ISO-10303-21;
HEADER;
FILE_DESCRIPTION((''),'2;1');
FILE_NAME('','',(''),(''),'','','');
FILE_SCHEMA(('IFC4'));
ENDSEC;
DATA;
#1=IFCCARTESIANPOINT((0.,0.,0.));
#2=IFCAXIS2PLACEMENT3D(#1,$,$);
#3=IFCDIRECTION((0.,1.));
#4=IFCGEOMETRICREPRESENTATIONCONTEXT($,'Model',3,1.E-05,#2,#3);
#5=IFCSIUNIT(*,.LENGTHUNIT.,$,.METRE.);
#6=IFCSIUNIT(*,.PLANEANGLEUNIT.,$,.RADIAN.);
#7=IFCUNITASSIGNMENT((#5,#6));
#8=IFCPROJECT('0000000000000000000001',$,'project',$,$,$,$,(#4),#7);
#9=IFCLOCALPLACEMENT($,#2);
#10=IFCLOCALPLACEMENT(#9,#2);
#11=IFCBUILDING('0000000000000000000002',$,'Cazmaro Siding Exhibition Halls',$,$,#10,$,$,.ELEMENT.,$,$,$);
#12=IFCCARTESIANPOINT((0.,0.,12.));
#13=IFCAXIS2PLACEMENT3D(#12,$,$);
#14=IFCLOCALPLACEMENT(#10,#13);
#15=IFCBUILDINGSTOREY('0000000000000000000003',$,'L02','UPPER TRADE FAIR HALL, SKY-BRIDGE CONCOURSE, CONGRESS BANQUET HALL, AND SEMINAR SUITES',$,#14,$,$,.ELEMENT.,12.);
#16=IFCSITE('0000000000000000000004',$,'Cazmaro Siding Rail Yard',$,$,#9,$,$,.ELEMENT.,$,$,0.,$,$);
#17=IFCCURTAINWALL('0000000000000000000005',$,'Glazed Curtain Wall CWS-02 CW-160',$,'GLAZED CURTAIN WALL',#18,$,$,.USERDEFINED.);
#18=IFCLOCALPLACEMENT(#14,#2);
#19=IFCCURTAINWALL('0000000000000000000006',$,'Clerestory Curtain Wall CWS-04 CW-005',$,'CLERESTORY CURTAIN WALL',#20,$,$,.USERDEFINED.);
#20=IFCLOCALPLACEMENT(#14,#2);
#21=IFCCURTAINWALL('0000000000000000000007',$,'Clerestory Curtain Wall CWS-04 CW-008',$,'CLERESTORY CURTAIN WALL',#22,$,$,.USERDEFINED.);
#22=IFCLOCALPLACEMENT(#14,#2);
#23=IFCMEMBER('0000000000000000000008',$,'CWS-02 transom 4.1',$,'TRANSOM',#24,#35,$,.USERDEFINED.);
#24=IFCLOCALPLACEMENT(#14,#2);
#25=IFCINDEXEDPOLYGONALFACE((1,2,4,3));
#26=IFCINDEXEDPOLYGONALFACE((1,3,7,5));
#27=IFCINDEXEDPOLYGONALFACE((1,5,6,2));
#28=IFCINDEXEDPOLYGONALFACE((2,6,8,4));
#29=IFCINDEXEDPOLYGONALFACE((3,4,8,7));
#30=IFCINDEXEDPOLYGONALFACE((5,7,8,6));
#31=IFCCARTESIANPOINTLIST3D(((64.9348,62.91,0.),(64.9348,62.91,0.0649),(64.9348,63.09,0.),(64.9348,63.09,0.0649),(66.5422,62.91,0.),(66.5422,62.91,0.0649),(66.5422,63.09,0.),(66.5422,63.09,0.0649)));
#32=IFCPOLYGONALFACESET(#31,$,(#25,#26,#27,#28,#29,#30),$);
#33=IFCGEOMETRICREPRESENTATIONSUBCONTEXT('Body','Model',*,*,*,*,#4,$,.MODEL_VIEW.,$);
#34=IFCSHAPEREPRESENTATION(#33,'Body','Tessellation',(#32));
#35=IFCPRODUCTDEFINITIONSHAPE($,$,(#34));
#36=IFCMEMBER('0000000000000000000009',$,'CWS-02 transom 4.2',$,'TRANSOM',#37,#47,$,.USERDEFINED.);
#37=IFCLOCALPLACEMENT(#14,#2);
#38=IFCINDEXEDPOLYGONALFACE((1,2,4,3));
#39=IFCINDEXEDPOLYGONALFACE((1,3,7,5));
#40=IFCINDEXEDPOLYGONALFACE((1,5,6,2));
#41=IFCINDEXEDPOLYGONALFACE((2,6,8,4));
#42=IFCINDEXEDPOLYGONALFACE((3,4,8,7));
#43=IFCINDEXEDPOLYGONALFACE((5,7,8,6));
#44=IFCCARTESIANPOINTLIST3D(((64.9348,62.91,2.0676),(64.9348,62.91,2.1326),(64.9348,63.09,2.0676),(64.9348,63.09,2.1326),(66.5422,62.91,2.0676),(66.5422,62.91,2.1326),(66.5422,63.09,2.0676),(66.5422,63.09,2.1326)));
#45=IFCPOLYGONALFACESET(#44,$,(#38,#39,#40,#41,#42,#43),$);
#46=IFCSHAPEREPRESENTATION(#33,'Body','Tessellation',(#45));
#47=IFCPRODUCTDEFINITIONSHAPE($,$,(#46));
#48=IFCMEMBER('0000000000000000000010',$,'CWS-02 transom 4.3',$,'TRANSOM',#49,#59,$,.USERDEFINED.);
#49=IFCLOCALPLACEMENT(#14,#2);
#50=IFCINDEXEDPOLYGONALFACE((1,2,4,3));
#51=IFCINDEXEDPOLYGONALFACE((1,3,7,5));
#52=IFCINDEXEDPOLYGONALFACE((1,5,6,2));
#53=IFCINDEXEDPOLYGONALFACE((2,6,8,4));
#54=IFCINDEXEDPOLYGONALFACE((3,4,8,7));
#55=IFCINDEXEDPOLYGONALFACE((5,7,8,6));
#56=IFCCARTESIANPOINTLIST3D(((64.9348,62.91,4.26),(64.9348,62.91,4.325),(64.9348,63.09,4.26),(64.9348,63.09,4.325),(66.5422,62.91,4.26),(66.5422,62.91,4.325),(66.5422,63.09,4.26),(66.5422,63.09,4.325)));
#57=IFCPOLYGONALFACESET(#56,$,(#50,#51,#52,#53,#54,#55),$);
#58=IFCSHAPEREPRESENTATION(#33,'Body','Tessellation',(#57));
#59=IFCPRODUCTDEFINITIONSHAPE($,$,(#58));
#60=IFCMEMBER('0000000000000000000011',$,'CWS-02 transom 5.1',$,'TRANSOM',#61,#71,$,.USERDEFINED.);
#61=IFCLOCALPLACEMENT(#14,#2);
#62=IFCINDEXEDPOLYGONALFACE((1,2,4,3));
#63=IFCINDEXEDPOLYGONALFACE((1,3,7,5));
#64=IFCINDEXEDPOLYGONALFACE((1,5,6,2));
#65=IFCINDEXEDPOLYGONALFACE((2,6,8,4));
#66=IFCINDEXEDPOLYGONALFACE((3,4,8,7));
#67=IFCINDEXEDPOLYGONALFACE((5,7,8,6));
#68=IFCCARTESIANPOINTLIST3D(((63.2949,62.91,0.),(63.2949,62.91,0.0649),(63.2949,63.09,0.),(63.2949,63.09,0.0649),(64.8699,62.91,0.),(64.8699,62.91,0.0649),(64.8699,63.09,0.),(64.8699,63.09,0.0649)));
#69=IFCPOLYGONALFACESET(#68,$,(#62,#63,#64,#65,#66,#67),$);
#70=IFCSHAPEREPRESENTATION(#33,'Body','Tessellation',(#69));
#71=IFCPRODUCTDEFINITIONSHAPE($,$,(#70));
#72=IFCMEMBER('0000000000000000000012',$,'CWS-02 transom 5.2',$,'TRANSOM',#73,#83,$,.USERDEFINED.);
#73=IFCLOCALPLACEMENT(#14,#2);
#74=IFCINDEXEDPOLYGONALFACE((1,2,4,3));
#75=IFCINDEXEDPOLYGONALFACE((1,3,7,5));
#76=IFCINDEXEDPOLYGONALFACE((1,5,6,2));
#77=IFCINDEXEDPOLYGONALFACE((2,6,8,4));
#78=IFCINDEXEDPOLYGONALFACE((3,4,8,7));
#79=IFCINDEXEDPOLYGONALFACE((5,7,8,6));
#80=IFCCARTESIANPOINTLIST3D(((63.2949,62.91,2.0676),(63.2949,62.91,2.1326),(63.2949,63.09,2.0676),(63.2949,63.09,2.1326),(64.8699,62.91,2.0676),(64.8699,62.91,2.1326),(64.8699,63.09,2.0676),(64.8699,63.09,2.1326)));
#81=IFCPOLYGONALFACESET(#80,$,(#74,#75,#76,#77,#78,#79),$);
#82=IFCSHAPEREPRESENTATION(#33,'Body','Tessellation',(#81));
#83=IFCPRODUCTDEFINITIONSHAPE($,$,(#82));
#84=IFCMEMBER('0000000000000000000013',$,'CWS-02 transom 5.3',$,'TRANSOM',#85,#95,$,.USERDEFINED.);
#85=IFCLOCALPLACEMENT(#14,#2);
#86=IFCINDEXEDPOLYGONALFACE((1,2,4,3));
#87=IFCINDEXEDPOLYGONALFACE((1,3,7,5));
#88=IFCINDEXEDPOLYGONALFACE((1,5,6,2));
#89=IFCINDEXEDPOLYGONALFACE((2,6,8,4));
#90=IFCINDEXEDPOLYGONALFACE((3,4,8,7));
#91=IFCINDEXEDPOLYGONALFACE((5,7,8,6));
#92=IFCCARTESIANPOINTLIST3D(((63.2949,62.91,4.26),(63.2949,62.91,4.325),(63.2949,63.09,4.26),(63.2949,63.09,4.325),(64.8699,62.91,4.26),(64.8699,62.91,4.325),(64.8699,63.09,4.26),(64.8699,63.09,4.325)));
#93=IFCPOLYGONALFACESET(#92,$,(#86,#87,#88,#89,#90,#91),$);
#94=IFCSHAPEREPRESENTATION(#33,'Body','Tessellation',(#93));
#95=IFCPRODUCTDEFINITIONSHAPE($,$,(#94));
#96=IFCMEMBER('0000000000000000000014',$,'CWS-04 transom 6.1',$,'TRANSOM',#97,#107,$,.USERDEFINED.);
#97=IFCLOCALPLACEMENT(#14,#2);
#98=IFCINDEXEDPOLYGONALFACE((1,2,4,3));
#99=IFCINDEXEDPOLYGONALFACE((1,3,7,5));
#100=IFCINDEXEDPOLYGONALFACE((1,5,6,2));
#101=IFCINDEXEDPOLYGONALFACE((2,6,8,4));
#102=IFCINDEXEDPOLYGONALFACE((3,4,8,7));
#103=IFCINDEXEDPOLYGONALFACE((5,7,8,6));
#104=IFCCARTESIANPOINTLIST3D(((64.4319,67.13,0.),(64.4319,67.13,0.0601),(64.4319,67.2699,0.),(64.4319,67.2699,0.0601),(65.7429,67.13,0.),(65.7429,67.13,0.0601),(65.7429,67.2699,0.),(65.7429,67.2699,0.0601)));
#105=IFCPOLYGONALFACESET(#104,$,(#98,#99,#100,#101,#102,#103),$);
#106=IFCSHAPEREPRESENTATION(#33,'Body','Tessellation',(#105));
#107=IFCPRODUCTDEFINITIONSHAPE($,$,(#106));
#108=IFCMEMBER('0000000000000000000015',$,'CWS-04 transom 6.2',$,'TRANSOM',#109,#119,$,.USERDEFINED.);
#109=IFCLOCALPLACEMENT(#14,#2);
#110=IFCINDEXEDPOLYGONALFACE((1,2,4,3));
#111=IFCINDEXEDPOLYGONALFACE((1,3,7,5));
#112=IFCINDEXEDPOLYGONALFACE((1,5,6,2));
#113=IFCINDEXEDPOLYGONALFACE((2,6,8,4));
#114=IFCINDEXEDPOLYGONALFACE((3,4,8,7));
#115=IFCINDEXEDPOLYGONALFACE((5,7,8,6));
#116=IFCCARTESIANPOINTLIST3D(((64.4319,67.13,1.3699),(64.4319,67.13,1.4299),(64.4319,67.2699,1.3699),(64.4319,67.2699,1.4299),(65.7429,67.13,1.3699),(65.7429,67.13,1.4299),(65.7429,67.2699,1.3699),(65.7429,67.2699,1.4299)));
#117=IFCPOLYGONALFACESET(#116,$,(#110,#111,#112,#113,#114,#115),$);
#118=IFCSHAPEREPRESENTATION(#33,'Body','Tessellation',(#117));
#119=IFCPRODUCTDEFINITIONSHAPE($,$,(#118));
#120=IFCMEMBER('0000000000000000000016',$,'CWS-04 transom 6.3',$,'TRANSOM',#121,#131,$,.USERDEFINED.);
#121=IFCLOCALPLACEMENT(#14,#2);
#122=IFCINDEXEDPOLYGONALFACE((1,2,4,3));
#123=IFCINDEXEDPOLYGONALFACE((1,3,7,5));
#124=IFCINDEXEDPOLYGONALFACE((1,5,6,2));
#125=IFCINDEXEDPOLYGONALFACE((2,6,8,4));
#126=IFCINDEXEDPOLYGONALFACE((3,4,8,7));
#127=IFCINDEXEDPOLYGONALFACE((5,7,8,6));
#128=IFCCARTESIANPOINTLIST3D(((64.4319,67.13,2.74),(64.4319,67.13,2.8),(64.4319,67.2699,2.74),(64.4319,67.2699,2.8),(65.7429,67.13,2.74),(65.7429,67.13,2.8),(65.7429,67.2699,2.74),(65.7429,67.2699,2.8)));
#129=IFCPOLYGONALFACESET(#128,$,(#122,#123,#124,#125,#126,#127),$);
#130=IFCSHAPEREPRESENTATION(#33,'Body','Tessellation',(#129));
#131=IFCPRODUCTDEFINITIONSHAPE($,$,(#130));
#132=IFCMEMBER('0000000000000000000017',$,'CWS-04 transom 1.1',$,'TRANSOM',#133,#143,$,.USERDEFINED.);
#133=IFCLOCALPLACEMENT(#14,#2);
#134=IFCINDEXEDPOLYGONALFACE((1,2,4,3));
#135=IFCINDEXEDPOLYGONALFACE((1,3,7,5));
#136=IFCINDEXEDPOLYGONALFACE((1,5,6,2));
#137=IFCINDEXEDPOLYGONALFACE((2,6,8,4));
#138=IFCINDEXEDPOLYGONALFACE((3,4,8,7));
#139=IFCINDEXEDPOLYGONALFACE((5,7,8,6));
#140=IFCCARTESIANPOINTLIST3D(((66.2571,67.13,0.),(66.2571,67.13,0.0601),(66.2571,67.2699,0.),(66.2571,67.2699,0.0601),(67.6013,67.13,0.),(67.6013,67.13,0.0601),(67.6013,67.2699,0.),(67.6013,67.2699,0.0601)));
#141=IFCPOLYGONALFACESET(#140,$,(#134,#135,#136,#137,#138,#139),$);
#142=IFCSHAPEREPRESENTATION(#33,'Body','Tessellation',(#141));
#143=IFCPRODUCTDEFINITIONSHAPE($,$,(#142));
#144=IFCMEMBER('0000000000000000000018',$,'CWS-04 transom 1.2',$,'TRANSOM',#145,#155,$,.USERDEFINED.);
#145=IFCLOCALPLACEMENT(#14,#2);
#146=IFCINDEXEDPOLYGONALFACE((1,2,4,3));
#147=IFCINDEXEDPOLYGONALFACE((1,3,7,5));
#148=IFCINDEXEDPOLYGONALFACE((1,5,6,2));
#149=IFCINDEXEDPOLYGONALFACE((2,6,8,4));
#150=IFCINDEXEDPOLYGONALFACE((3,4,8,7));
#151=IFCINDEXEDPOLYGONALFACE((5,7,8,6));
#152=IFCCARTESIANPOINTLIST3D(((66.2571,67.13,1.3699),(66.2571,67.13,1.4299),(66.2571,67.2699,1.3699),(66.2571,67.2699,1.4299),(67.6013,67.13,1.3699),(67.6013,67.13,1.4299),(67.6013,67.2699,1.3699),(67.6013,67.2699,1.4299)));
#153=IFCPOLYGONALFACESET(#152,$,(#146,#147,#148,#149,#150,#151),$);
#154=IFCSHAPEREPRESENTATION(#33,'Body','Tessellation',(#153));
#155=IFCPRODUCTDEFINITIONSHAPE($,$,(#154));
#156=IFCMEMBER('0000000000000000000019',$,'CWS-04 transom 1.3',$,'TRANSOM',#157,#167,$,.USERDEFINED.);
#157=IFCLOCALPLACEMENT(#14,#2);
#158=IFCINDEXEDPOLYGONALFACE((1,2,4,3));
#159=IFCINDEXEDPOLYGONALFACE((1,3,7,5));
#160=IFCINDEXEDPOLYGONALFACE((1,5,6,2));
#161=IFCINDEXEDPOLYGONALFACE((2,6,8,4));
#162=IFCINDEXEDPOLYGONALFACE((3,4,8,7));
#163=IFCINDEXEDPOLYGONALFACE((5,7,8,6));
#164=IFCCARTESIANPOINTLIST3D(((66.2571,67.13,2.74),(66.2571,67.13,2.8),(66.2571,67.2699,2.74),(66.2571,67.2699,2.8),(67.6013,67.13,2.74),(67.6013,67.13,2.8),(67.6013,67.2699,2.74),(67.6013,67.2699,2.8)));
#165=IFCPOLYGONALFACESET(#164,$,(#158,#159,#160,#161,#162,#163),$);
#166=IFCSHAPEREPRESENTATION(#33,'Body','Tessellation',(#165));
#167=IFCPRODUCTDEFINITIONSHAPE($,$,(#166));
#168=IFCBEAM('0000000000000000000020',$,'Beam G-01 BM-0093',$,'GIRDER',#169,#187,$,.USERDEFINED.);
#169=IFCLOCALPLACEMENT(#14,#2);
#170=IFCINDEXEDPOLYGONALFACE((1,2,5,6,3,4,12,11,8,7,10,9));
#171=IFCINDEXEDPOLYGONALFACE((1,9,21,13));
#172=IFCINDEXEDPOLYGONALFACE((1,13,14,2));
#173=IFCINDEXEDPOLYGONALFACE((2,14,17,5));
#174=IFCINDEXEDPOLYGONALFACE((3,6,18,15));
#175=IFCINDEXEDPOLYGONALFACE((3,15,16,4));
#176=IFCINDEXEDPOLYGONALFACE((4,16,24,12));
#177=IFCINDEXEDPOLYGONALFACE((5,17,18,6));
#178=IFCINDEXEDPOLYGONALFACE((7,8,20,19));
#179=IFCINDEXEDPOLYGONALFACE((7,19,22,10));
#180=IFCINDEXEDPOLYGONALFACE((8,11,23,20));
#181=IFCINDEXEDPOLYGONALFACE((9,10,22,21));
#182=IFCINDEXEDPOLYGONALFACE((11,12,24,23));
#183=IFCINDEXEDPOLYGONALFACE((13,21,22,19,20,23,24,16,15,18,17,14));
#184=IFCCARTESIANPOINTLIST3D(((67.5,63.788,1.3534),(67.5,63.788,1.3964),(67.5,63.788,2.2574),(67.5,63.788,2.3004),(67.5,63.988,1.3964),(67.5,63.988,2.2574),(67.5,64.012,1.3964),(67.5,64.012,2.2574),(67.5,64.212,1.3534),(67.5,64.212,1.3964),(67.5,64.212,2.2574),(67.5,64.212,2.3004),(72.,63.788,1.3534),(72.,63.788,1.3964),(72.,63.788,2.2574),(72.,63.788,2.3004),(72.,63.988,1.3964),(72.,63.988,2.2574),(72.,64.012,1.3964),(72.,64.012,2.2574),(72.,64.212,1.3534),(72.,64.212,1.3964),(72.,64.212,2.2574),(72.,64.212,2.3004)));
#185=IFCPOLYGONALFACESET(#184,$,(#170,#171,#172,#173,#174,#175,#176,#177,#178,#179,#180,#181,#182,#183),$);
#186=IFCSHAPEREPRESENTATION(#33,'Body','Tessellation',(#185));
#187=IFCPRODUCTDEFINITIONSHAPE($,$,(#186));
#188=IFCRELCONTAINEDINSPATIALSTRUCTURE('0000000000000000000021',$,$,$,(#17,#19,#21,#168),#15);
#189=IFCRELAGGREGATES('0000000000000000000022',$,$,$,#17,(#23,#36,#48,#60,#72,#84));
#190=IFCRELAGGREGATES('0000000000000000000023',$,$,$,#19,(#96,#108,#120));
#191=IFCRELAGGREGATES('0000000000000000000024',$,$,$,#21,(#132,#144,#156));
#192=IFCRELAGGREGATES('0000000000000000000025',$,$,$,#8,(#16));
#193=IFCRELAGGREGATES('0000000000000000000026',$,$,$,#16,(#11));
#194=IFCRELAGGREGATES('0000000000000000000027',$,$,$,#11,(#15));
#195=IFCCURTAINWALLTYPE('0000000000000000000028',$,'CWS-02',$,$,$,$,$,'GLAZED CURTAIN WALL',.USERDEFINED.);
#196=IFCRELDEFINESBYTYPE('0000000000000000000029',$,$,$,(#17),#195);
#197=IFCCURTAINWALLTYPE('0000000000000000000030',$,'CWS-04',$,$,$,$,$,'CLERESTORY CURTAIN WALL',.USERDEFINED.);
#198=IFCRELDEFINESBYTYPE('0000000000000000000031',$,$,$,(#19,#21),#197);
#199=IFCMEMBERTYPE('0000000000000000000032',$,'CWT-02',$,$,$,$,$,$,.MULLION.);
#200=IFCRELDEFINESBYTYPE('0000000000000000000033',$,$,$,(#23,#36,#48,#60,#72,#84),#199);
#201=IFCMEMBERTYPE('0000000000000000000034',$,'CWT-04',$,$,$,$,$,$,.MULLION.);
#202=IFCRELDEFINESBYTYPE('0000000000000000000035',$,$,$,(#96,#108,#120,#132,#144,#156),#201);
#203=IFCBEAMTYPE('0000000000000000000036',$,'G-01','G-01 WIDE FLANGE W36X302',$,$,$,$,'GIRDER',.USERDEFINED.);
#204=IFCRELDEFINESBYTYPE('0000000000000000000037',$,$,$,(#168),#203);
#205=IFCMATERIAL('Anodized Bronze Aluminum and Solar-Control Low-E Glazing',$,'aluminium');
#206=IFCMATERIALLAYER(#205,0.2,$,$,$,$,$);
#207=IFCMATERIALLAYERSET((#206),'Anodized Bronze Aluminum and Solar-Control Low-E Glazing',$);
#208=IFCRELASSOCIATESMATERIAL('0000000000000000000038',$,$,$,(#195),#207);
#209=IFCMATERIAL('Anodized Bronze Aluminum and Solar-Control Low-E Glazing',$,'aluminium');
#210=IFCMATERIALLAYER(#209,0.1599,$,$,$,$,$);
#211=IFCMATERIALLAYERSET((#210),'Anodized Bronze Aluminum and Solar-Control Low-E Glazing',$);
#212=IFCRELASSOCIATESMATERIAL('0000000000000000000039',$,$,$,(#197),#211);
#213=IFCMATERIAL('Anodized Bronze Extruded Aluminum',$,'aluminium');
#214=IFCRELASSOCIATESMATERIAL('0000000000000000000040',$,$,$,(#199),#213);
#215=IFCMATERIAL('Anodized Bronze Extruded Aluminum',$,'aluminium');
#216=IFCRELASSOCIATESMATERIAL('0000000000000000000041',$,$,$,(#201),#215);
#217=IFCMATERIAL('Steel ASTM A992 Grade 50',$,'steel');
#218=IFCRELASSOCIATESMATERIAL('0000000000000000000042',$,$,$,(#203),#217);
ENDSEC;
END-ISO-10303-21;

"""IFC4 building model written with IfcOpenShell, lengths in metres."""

from ifc_helpers import new_model, si_unit, direction, frame, origin, origin_2d, place, context, subcontext, project, spatial, rectangle, i_section, extrude, material, layer, layer_set, material_profile, profile_set, type_object, element, aggregate, save


model = new_model("IFC4")

# Units and contexts
model_context = context("Model", 3, precision=1e-05, world=origin(), true_north=direction((0.0, 1.0)))
body_context = subcontext(model_context, "Body", "Model", "MODEL_VIEW")
ifc_project = project(units=[si_unit("LENGTHUNIT", "METRE"), si_unit("PLANEANGLEUNIT", "RADIAN")], contexts=[model_context])

# Site, building, storey
site_placement = place(None, origin())
site = spatial("IfcSite", under=ifc_project, at=site_placement, Name="Cazmaro Siding Rail Yard", CompositionType="ELEMENT", RefElevation=0.0)
building_placement = place(site_placement, origin())
building = spatial("IfcBuilding", under=site, at=building_placement, Name="Cazmaro Siding Exhibition Halls", CompositionType="ELEMENT")
storey_placement = place(building_placement, frame((0.0, 0.0, 12.0)))
storey = spatial("IfcBuildingStorey", under=building, at=storey_placement, Name="L02", Description="UPPER TRADE FAIR HALL, SKY-BRIDGE CONCOURSE, CONGRESS BANQUET HALL, AND SEMINAR SUITES", CompositionType="ELEMENT", Elevation=12.0)

# Curtain wall
ifc_material_1 = material(Name="Anodized Bronze Aluminum and Solar-Control Low-E Glazing", Category="aluminium")
ifc_layer_1 = layer(ifc_material_1, 0.2)
ifc_layer_set_1 = layer_set([ifc_layer_1], Name="Anodized Bronze Aluminum and Solar-Control Low-E Glazing")
curtain_wall_type_1 = type_object("IfcCurtainWallType", Name="CWS-02", ElementType="GLAZED CURTAIN WALL", PredefinedType="USERDEFINED", material=ifc_layer_set_1)
curtain_wall_1_placement = place(storey_placement, origin())
curtain_wall_1 = element("IfcCurtainWall", 1, at=curtain_wall_1_placement, inside=storey, type_object=curtain_wall_type_1, Name="Glazed Curtain Wall CWS-02 CW-160", ObjectType="GLAZED CURTAIN WALL", PredefinedType="USERDEFINED")

# Curtain walls
ifc_material_2 = material(Name="Anodized Bronze Aluminum and Solar-Control Low-E Glazing", Category="aluminium")
ifc_layer_2 = layer(ifc_material_2, 0.1599)
ifc_layer_set_2 = layer_set([ifc_layer_2], Name="Anodized Bronze Aluminum and Solar-Control Low-E Glazing")
curtain_wall_type_2 = type_object("IfcCurtainWallType", Name="CWS-04", ElementType="CLERESTORY CURTAIN WALL", PredefinedType="USERDEFINED", material=ifc_layer_set_2)
curtain_wall_2_placement = place(storey_placement, origin())
curtain_wall_2 = element("IfcCurtainWall", 2, at=curtain_wall_2_placement, inside=storey, type_object=curtain_wall_type_2, Name="Clerestory Curtain Wall CWS-04 CW-005", ObjectType="CLERESTORY CURTAIN WALL", PredefinedType="USERDEFINED")
curtain_wall_3_placement = place(storey_placement, origin())
curtain_wall_3 = element("IfcCurtainWall", 3, at=curtain_wall_3_placement, inside=storey, type_object=curtain_wall_type_2, Name="Clerestory Curtain Wall CWS-04 CW-008", ObjectType="CLERESTORY CURTAIN WALL", PredefinedType="USERDEFINED")

# Members
ifc_material_3 = material(Name="Anodized Bronze Extruded Aluminum", Category="aluminium")
ifc_material_profile_1 = material_profile(ifc_material_3, rectangle(XDim=0.1799, YDim=0.0649, at=origin_2d()), Name="CWT-02")
ifc_profile_set_1 = profile_set([ifc_material_profile_1], Name="Anodized Bronze Extruded Aluminum")
member_type_1 = type_object("IfcMemberType", Name="CWT-02", PredefinedType="MULLION", material=ifc_profile_set_1)
member_1_placement = place(storey_placement, frame((66.5422, 63.0, 0.0325), z_axis=(-1.0, 0.0, 0.0), x_axis=(0.0, -1.0, 0.0)))
member_1 = element("IfcMember", 4, at=member_1_placement, type_object=member_type_1, Name="CWS-02 transom 4.1", ObjectType="TRANSOM", PredefinedType="USERDEFINED", context=body_context, shape_type="SweptSolid", body=[
    extrude(rectangle(XDim=0.1799, YDim=0.0649, at=origin_2d()), origin(), (0.0, 0.0, 1.0), 1.6074),
])
member_2_placement = place(storey_placement, frame((66.5422, 63.0, 2.1001), z_axis=(-1.0, 0.0, 0.0), x_axis=(0.0, -1.0, 0.0)))
member_2 = element("IfcMember", 5, at=member_2_placement, type_object=member_type_1, Name="CWS-02 transom 4.2", ObjectType="TRANSOM", PredefinedType="USERDEFINED", context=body_context, shape_type="SweptSolid", body=[
    extrude(rectangle(XDim=0.1799, YDim=0.0649, at=origin_2d()), origin(), (0.0, 0.0, 1.0), 1.6074),
])
member_3_placement = place(storey_placement, frame((66.5422, 63.0, 4.2925), z_axis=(-1.0, 0.0, 0.0), x_axis=(0.0, -1.0, 0.0)))
member_3 = element("IfcMember", 6, at=member_3_placement, type_object=member_type_1, Name="CWS-02 transom 4.3", ObjectType="TRANSOM", PredefinedType="USERDEFINED", context=body_context, shape_type="SweptSolid", body=[
    extrude(rectangle(XDim=0.1799, YDim=0.0649, at=origin_2d()), origin(), (0.0, 0.0, 1.0), 1.6074),
])
member_4_placement = place(storey_placement, frame((64.8699, 63.0, 0.0325), z_axis=(-1.0, 0.0, 0.0), x_axis=(0.0, -1.0, 0.0)))
member_4 = element("IfcMember", 7, at=member_4_placement, type_object=member_type_1, Name="CWS-02 transom 5.1", ObjectType="TRANSOM", PredefinedType="USERDEFINED", context=body_context, shape_type="SweptSolid", body=[
    extrude(rectangle(XDim=0.1799, YDim=0.0649, at=origin_2d()), origin(), (0.0, 0.0, 1.0), 1.575),
])
member_5_placement = place(storey_placement, frame((64.8699, 63.0, 2.1001), z_axis=(-1.0, 0.0, 0.0), x_axis=(0.0, -1.0, 0.0)))
member_5 = element("IfcMember", 8, at=member_5_placement, type_object=member_type_1, Name="CWS-02 transom 5.2", ObjectType="TRANSOM", PredefinedType="USERDEFINED", context=body_context, shape_type="SweptSolid", body=[
    extrude(rectangle(XDim=0.1799, YDim=0.0649, at=origin_2d()), origin(), (0.0, 0.0, 1.0), 1.575),
])
member_6_placement = place(storey_placement, frame((64.8699, 63.0, 4.2925), z_axis=(-1.0, 0.0, 0.0), x_axis=(0.0, -1.0, 0.0)))
member_6 = element("IfcMember", 9, at=member_6_placement, type_object=member_type_1, Name="CWS-02 transom 5.3", ObjectType="TRANSOM", PredefinedType="USERDEFINED", context=body_context, shape_type="SweptSolid", body=[
    extrude(rectangle(XDim=0.1799, YDim=0.0649, at=origin_2d()), origin(), (0.0, 0.0, 1.0), 1.575),
])
ifc_material_4 = material(Name="Anodized Bronze Extruded Aluminum", Category="aluminium")
ifc_material_profile_2 = material_profile(ifc_material_4, rectangle(XDim=0.1399, YDim=0.0601, at=origin_2d()), Name="CWT-04")
ifc_profile_set_2 = profile_set([ifc_material_profile_2], Name="Anodized Bronze Extruded Aluminum")
member_type_2 = type_object("IfcMemberType", Name="CWT-04", PredefinedType="MULLION", material=ifc_profile_set_2)
member_7_placement = place(storey_placement, frame((64.4319, 67.2, 0.03), z_axis=(1.0, 0.0, 0.0), x_axis=(0.0, 1.0, 0.0)))
member_7 = element("IfcMember", 10, at=member_7_placement, type_object=member_type_2, Name="CWS-04 transom 6.1", ObjectType="TRANSOM", PredefinedType="USERDEFINED", context=body_context, shape_type="SweptSolid", body=[
    extrude(rectangle(XDim=0.1399, YDim=0.0601, at=origin_2d()), origin(), (0.0, 0.0, 1.0), 1.311),
])
member_8_placement = place(storey_placement, frame((64.4319, 67.2, 1.3999), z_axis=(1.0, 0.0, 0.0), x_axis=(0.0, 1.0, 0.0)))
member_8 = element("IfcMember", 11, at=member_8_placement, type_object=member_type_2, Name="CWS-04 transom 6.2", ObjectType="TRANSOM", PredefinedType="USERDEFINED", context=body_context, shape_type="SweptSolid", body=[
    extrude(rectangle(XDim=0.1399, YDim=0.0601, at=origin_2d()), origin(), (0.0, 0.0, 1.0), 1.311),
])
member_9_placement = place(storey_placement, frame((64.4319, 67.2, 2.77), z_axis=(1.0, 0.0, 0.0), x_axis=(0.0, 1.0, 0.0)))
member_9 = element("IfcMember", 12, at=member_9_placement, type_object=member_type_2, Name="CWS-04 transom 6.3", ObjectType="TRANSOM", PredefinedType="USERDEFINED", context=body_context, shape_type="SweptSolid", body=[
    extrude(rectangle(XDim=0.1399, YDim=0.0601, at=origin_2d()), origin(), (0.0, 0.0, 1.0), 1.311),
])
member_10_placement = place(storey_placement, frame((66.2571, 67.2, 0.03), z_axis=(1.0, 0.0, 0.0), x_axis=(0.0, 1.0, 0.0)))
member_10 = element("IfcMember", 13, at=member_10_placement, type_object=member_type_2, Name="CWS-04 transom 1.1", ObjectType="TRANSOM", PredefinedType="USERDEFINED", context=body_context, shape_type="SweptSolid", body=[
    extrude(rectangle(XDim=0.1399, YDim=0.0601, at=origin_2d()), origin(), (0.0, 0.0, 1.0), 1.3442),
])
member_11_placement = place(storey_placement, frame((66.2571, 67.2, 1.3999), z_axis=(1.0, 0.0, 0.0), x_axis=(0.0, 1.0, 0.0)))
member_11 = element("IfcMember", 14, at=member_11_placement, type_object=member_type_2, Name="CWS-04 transom 1.2", ObjectType="TRANSOM", PredefinedType="USERDEFINED", context=body_context, shape_type="SweptSolid", body=[
    extrude(rectangle(XDim=0.1399, YDim=0.0601, at=origin_2d()), origin(), (0.0, 0.0, 1.0), 1.3442),
])
member_12_placement = place(storey_placement, frame((66.2571, 67.2, 2.77), z_axis=(1.0, 0.0, 0.0), x_axis=(0.0, 1.0, 0.0)))
member_12 = element("IfcMember", 15, at=member_12_placement, type_object=member_type_2, Name="CWS-04 transom 1.3", ObjectType="TRANSOM", PredefinedType="USERDEFINED", context=body_context, shape_type="SweptSolid", body=[
    extrude(rectangle(XDim=0.1399, YDim=0.0601, at=origin_2d()), origin(), (0.0, 0.0, 1.0), 1.3442),
])

# Beam
ifc_material_5 = material(Name="Steel ASTM A992 Grade 50", Category="steel")
ifc_material_profile_3 = material_profile(ifc_material_5, i_section(OverallWidth=0.4241, OverallDepth=0.947, WebThickness=0.0239, FlangeThickness=0.043, at=origin_2d()), Name="W36X302")
ifc_profile_set_3 = profile_set([ifc_material_profile_3], Name="Steel ASTM A992 Grade 50")
beam_type_1 = type_object("IfcBeamType", Name="G-01", Description="G-01 WIDE FLANGE W36X302", ElementType="GIRDER", PredefinedType="USERDEFINED", material=ifc_profile_set_3)
beam_1_placement = place(storey_placement, frame((67.5, 64.0, 1.8269), z_axis=(1.0, 0.0, 0.0), x_axis=(0.0, 1.0, 0.0)))
element("IfcBeam", 16, at=beam_1_placement, inside=storey, type_object=beam_type_1, Name="Beam G-01 BM-0093", ObjectType="GIRDER", PredefinedType="USERDEFINED", context=body_context, shape_type="SweptSolid", body=[
    extrude(i_section(OverallWidth=0.4241, OverallDepth=0.947, WebThickness=0.0239, FlangeThickness=0.043, at=origin_2d()), origin(), (0.0, 0.0, 1.0), 4.5),
])

aggregate(curtain_wall_1, [member_1, member_2, member_3, member_4, member_5, member_6])
aggregate(curtain_wall_2, [member_7, member_8, member_9])
aggregate(curtain_wall_3, [member_10, member_11, member_12])

save(model, "model.ifc")
